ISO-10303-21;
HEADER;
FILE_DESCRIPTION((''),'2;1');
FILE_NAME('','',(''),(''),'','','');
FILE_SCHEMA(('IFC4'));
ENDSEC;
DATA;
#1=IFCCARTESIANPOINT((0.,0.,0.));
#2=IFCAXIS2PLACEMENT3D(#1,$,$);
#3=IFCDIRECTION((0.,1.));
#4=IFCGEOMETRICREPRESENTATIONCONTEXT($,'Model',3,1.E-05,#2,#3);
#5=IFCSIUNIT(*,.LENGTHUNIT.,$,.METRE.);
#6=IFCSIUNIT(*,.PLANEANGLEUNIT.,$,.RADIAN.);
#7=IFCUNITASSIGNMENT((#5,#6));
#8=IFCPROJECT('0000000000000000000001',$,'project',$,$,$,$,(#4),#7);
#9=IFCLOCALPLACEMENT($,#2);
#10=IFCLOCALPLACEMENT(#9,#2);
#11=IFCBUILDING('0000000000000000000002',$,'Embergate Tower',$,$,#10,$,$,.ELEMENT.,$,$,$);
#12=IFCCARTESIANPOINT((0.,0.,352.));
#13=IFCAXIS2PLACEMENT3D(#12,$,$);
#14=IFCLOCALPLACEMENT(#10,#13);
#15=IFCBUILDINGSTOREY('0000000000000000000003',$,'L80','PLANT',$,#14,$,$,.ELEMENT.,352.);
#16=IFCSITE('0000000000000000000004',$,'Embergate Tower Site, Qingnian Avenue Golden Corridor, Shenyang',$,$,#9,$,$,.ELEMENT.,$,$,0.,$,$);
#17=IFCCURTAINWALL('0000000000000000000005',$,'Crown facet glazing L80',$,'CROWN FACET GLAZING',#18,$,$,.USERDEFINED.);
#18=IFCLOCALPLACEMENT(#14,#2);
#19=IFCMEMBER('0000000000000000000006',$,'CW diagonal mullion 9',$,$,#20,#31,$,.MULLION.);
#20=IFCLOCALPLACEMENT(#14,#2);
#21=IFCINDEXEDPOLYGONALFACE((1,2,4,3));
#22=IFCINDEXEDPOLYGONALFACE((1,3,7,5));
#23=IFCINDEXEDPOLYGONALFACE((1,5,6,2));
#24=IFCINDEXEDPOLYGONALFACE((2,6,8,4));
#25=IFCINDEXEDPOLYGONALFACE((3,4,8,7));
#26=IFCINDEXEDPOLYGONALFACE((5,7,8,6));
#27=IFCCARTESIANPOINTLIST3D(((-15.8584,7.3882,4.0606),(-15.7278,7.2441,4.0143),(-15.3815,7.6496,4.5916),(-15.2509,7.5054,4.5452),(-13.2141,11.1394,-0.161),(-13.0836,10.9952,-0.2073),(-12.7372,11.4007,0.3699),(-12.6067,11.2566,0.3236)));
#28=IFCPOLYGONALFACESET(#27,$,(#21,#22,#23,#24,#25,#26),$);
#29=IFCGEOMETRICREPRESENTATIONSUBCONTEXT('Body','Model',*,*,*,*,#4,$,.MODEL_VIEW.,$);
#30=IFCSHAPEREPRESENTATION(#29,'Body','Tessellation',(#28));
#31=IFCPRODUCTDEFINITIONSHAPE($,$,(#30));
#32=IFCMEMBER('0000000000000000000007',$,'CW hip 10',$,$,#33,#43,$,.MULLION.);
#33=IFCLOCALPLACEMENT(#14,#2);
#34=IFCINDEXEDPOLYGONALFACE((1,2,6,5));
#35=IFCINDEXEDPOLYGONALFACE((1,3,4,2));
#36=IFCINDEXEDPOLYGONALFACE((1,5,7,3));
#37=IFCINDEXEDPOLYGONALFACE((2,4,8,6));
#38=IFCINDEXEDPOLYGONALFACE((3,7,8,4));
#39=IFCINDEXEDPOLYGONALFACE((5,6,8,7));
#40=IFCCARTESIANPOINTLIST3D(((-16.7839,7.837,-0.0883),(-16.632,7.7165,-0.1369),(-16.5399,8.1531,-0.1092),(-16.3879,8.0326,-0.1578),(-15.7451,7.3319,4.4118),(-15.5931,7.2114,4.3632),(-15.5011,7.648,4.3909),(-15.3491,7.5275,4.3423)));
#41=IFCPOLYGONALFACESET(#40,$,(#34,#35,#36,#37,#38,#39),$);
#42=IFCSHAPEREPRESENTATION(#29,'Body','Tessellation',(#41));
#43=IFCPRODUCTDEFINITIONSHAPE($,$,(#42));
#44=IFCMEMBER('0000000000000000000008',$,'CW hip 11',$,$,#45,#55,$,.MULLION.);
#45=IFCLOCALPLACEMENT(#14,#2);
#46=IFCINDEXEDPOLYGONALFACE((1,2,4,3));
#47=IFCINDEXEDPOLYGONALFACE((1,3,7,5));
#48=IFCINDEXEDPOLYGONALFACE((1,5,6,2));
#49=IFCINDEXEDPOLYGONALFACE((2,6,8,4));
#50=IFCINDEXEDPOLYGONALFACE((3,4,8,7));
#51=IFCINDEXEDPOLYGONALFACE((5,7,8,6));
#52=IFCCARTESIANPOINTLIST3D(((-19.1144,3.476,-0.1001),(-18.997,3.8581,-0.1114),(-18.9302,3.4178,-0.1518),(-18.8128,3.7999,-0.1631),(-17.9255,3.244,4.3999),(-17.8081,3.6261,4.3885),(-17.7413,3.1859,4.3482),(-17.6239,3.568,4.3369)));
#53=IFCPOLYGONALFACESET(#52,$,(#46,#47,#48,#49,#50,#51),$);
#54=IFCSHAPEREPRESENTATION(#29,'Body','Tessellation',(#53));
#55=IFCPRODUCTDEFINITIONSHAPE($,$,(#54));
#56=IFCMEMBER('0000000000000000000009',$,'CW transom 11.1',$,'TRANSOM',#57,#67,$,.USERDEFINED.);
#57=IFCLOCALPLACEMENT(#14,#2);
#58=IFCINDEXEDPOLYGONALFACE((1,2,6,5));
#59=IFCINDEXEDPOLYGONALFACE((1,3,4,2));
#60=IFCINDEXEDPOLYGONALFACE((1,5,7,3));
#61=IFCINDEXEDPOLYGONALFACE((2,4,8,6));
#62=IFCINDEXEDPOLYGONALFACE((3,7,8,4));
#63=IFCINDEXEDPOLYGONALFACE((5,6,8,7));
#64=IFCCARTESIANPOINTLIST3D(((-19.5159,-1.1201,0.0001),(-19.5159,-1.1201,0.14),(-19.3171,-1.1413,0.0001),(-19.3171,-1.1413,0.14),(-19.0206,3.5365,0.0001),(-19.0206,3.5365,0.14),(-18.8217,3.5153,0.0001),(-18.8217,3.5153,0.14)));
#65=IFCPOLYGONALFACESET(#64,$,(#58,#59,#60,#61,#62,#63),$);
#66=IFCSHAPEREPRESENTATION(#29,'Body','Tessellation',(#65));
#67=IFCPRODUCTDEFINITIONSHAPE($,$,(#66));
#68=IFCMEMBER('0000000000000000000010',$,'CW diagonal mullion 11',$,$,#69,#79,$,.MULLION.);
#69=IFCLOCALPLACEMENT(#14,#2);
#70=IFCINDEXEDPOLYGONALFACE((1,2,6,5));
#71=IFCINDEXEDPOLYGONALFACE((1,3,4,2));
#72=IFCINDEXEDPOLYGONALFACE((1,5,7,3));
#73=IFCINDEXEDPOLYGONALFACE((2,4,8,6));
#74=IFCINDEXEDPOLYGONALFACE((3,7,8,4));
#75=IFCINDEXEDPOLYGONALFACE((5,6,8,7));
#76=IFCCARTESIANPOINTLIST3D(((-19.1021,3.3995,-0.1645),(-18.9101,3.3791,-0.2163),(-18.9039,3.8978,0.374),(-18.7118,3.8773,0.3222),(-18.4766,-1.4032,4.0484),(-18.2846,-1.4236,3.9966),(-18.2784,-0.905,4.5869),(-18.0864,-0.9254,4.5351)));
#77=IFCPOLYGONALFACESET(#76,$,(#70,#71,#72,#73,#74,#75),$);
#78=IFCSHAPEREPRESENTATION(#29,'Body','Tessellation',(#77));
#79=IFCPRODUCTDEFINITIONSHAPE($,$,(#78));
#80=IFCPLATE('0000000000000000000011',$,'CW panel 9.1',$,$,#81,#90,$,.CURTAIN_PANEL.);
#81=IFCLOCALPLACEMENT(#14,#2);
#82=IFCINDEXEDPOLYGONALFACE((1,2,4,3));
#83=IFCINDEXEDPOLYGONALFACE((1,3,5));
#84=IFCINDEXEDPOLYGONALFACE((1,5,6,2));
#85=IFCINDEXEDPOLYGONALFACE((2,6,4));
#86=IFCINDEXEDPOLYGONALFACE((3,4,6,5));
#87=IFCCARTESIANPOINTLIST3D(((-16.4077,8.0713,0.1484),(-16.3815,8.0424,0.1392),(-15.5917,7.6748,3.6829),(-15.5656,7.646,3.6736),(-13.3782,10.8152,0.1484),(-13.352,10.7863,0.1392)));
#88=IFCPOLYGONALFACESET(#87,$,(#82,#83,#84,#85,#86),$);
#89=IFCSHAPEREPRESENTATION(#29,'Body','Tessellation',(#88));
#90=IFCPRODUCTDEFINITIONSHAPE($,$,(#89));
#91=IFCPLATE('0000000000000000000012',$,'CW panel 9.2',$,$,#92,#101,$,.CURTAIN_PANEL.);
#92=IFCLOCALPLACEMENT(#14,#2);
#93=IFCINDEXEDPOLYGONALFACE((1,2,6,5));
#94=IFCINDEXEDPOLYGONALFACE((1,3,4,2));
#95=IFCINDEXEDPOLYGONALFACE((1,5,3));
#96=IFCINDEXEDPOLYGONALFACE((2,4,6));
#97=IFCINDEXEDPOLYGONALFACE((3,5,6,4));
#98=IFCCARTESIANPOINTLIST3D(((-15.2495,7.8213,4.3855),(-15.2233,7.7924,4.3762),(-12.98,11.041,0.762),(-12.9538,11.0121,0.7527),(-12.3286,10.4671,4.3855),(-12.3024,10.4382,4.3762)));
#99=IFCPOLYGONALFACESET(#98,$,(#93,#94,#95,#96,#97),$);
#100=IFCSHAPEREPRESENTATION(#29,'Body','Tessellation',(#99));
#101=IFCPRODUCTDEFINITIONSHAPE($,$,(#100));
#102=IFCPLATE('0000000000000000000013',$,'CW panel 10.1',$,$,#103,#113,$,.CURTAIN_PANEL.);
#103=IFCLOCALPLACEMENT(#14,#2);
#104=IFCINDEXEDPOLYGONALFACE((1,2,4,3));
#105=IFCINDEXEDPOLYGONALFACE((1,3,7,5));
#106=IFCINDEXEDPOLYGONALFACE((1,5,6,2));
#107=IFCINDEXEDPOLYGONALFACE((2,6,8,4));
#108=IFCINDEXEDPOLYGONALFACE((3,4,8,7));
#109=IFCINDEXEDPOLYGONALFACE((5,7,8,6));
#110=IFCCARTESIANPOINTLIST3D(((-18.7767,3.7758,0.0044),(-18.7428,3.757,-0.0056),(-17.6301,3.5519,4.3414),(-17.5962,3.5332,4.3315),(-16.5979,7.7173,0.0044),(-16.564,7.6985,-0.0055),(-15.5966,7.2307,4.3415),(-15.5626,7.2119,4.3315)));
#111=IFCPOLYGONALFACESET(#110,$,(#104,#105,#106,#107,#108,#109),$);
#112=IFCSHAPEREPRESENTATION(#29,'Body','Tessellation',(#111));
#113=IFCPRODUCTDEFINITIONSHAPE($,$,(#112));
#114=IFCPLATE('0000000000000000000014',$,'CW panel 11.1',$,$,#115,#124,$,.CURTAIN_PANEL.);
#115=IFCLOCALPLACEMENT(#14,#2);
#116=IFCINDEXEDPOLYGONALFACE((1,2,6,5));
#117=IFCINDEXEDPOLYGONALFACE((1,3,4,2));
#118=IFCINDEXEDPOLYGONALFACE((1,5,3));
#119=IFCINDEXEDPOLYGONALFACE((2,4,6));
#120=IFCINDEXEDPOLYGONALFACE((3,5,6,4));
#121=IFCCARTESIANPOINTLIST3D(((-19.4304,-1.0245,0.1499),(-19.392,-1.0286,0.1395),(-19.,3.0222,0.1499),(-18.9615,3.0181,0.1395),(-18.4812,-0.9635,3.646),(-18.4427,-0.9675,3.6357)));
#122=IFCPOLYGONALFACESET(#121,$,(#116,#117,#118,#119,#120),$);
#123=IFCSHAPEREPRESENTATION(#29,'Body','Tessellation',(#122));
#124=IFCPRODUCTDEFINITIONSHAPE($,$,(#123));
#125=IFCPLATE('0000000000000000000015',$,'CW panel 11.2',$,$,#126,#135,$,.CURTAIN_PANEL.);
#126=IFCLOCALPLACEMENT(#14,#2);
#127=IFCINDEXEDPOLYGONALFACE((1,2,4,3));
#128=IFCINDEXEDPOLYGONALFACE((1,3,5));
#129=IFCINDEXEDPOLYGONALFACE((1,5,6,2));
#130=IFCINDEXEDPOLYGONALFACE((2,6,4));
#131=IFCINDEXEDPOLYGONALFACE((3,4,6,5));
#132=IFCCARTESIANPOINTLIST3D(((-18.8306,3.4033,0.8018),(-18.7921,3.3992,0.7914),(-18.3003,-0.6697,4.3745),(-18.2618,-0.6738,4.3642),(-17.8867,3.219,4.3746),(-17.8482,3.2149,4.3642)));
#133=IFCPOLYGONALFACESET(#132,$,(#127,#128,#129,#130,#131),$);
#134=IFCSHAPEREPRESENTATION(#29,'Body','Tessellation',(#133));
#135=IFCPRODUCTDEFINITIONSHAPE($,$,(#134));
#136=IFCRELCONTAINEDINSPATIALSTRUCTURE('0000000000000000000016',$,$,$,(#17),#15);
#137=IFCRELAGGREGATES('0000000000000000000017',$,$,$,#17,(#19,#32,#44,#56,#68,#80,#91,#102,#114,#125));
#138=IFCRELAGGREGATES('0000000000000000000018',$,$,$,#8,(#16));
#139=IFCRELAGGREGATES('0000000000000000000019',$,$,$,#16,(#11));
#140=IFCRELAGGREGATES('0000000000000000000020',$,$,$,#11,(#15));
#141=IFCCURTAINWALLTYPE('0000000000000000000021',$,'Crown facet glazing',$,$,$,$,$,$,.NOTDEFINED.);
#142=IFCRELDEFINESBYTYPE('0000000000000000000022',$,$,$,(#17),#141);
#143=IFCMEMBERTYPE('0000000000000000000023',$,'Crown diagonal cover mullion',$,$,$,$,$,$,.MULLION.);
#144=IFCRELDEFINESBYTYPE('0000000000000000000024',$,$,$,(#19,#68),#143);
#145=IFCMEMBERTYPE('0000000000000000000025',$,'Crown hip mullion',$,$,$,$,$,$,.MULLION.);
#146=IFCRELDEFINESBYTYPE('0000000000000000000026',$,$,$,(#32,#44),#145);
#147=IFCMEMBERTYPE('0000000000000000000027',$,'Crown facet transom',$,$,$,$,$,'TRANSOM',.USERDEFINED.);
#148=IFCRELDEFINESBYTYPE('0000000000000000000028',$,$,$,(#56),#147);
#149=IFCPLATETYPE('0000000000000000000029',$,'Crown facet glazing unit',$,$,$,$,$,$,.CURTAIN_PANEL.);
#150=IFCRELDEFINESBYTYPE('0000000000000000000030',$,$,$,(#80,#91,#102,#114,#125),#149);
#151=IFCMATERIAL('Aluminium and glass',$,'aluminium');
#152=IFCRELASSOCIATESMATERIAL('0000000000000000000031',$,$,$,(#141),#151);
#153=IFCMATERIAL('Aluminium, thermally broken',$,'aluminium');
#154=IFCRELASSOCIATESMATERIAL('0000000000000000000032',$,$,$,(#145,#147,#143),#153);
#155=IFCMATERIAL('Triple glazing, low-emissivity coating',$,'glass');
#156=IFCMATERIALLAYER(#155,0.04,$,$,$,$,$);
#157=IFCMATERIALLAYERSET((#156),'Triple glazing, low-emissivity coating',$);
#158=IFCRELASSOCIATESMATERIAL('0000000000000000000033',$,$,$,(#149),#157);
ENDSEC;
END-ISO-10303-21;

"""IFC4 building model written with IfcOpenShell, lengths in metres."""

from ifc_helpers import new_model, si_unit, direction, frame, origin, origin_2d, place, context, subcontext, project, spatial, polyline, rectangle, outline, extrude, source, transform, mapped, material, layer, layer_set, material_profile, profile_set, type_object, element, aggregate, save


model = new_model("IFC4")

# Units and contexts
model_context = context("Model", 3, precision=1e-05, world=origin(), true_north=direction((0.0, 1.0)))
body_context = subcontext(model_context, "Body", "Model", "MODEL_VIEW")
ifc_project = project(units=[si_unit("LENGTHUNIT", "METRE"), si_unit("PLANEANGLEUNIT", "RADIAN")], contexts=[model_context])

# Site, building, storey
site_placement = place(None, origin())
site = spatial("IfcSite", under=ifc_project, at=site_placement, Name="Embergate Tower Site, Qingnian Avenue Golden Corridor, Shenyang", CompositionType="ELEMENT", RefElevation=0.0)
building_placement = place(site_placement, origin())
building = spatial("IfcBuilding", under=site, at=building_placement, Name="Embergate Tower", CompositionType="ELEMENT")
storey_placement = place(building_placement, frame((0.0, 0.0, 352.0)))
storey = spatial("IfcBuildingStorey", under=building, at=storey_placement, Name="L80", Description="PLANT", CompositionType="ELEMENT", Elevation=352.0)

# Curtain wall, members, plates
ifc_material_1 = material(Name="Aluminium and glass", Category="aluminium")
curtain_wall_type = type_object("IfcCurtainWallType", Name="Crown facet glazing", PredefinedType="NOTDEFINED", material=ifc_material_1)
curtain_wall_placement = place(storey_placement, origin())
curtain_wall = element("IfcCurtainWall", 1, at=curtain_wall_placement, inside=storey, type_object=curtain_wall_type, Name="Crown facet glazing L80", ObjectType="CROWN FACET GLAZING", PredefinedType="USERDEFINED")
ifc_material_2 = material(Name="Aluminium, thermally broken", Category="aluminium")
ifc_material_profile_1 = material_profile(ifc_material_2, rectangle(XDim=0.2, YDim=0.3999, at=origin_2d()), Name="AL 400x200")
ifc_profile_set_1 = profile_set([ifc_material_profile_1], Name="Aluminium, thermally broken")
member_type_1 = type_object("IfcMemberType", Name="Crown hip mullion", PredefinedType="MULLION", material=ifc_profile_set_1)
ifc_material_profile_2 = material_profile(ifc_material_2, rectangle(XDim=0.2, YDim=0.1399, at=origin_2d()), Name="AL 140x200")
ifc_profile_set_2 = profile_set([ifc_material_profile_2], Name="Aluminium, thermally broken")
member_type_2 = type_object("IfcMemberType", Name="Crown facet transom", ElementType="TRANSOM", PredefinedType="USERDEFINED", material=ifc_profile_set_2)
ifc_material_profile_3 = material_profile(ifc_material_2, rectangle(XDim=0.2, YDim=0.76, at=origin_2d()), Name="AL 760x200")
ifc_profile_set_3 = profile_set([ifc_material_profile_3], Name="Aluminium, thermally broken")
member_type_3 = type_object("IfcMemberType", Name="Crown diagonal cover mullion", PredefinedType="MULLION", material=ifc_profile_set_3)
shared_shape_1 = source(origin(), body_context, "Body", "SweptSolid", [
    extrude(rectangle(XDim=0.2, YDim=0.76, at=origin_2d()), origin(), (0.0, 0.0, 1.0), 6.2358),
])
member_1_placement = place(storey_placement, frame((-12.9104, 11.198, 0.0813), z_axis=(-0.424042, -0.601552, 0.676996), x_axis=(-0.653013, 0.721043, 0.23167)))
member_1 = element("IfcMember", 2, at=member_1_placement, type_object=member_type_3, Name="CW diagonal mullion 9", PredefinedType="MULLION", context=body_context, shape_type="MappedRepresentation", body=[
    mapped(shared_shape_1, transform((0.0, 0.0, 0.0))),
])
shared_shape_2 = source(origin(), body_context, "Body", "SweptSolid", [
    extrude(rectangle(XDim=0.2, YDim=0.3999, at=origin_2d()), origin(), (0.0, 0.0, 1.0), 4.646),
])
member_2_placement = place(storey_placement, frame((-16.5859, 7.9348, -0.123), z_axis=(0.223599, -0.108726, 0.968598), x_axis=(-0.76005, 0.60268, 0.243107)))
member_2 = element("IfcMember", 3, at=member_2_placement, type_object=member_type_1, Name="CW hip 10", PredefinedType="MULLION", context=body_context, shape_type="MappedRepresentation", body=[
    mapped(shared_shape_2, transform((0.0, 0.0, 0.0))),
])
shared_shape_3 = source(origin(), body_context, "Body", "SweptSolid", [
    extrude(rectangle(XDim=0.2, YDim=0.3999, at=origin_2d()), origin(), (0.0, 0.0, 1.0), 4.6602),
])
member_3_placement = place(storey_placement, frame((-18.9636, 3.6379, -0.1316), z_axis=(0.255132, -0.049769, 0.965625), x_axis=(-0.921251, 0.29074, 0.258393)))
member_3 = element("IfcMember", 4, at=member_3_placement, type_object=member_type_1, Name="CW hip 11", PredefinedType="MULLION", context=body_context, shape_type="MappedRepresentation", body=[
    mapped(shared_shape_3, transform((0.0, 0.0, 0.0))),
])
shared_shape_4 = source(origin(), body_context, "Body", "SweptSolid", [
    extrude(rectangle(XDim=0.2, YDim=0.1399, at=origin_2d()), origin(), (0.0, 0.0, 1.0), 4.6829),
])
member_4_placement = place(storey_placement, frame((-18.9211, 3.5259, 0.0701), z_axis=(-0.105784, -0.994389, 0.0), x_axis=(0.994389, -0.105784, 0.0)))
member_4 = element("IfcMember", 5, at=member_4_placement, type_object=member_type_2, Name="CW transom 11.1", ObjectType="TRANSOM", PredefinedType="USERDEFINED", context=body_context, shape_type="MappedRepresentation", body=[
    mapped(shared_shape_4, transform((0.0, 0.0, 0.0))),
])
shared_shape_5 = source(origin(), body_context, "Body", "SweptSolid", [
    extrude(rectangle(XDim=0.2, YDim=0.76, at=origin_2d()), origin(), (0.0, 0.0, 1.0), 6.4192),
])
member_5_placement = place(storey_placement, frame((-18.907, 3.6384, 0.0789), z_axis=(0.09744, -0.748184, 0.656297), x_axis=(-0.960453, 0.102135, 0.259034)))
member_5 = element("IfcMember", 6, at=member_5_placement, type_object=member_type_3, Name="CW diagonal mullion 11", PredefinedType="MULLION", context=body_context, shape_type="MappedRepresentation", body=[
    mapped(shared_shape_5, transform((0.0, 0.0, 0.0))),
])
ifc_material_3 = material(Name="Triple glazing, low-emissivity coating", Category="glass")
ifc_layer_1 = layer(ifc_material_3, 0.04)
ifc_layer_set_1 = layer_set([ifc_layer_1], Name="Triple glazing, low-emissivity coating")
plate_type = type_object("IfcPlateType", Name="Crown facet glazing unit", PredefinedType="CURTAIN_PANEL", material=ifc_layer_set_1)
shared_shape_6 = source(origin(), body_context, "Body", "SweptSolid", [
    extrude(outline(polyline([(0.0, 0.0), (4.0874, 0.0), (3.7488, 3.6333), (0.0, 0.0)])), origin(), (0.0, 0.0, -1.0), 0.04),
])
plate_1_placement = place(storey_placement, frame((-13.3782, 10.8152, 0.1484), z_axis=(-0.653043, 0.721026, 0.231638), x_axis=(-0.741185, -0.671301, 0.0)))
plate_1 = element("IfcPlate", 7, at=plate_1_placement, type_object=plate_type, Name="CW panel 9.1", PredefinedType="CURTAIN_PANEL", context=body_context, shape_type="MappedRepresentation", body=[
    mapped(shared_shape_6, transform((0.0, 0.0, 0.0))),
])
shared_shape_7 = source(origin(), body_context, "Body", "SweptSolid", [
    extrude(outline(polyline([(0.0, 0.0), (5.3523, 0.0), (2.5222, 2.7427), (0.0, 0.0)])), origin(), (0.0, 0.0, -1.0), 0.04),
])
plate_2_placement = place(storey_placement, frame((-12.98, 11.041, 0.762), z_axis=(-0.653083, 0.721, 0.231606), x_axis=(-0.424027, -0.601556, 0.677002)))
plate_2 = element("IfcPlate", 8, at=plate_2_placement, type_object=plate_type, Name="CW panel 9.2", PredefinedType="CURTAIN_PANEL", context=body_context, shape_type="MappedRepresentation", body=[
    mapped(shared_shape_7, transform((0.0, 0.0, 0.0))),
])
shared_shape_8 = source(origin(), body_context, "Body", "SweptSolid", [
    extrude(outline(polyline([(0.0, 0.0), (4.5037, 0.0), (4.1448, 4.4773), (-0.0586, 4.4773), (0.0, 0.0)])), origin(), (0.0, 0.0, -1.0), 0.04),
])
plate_3_placement = place(storey_placement, frame((-16.5979, 7.7173, 0.0044), z_axis=(-0.847771, 0.46864, 0.248316), x_axis=(-0.483795, -0.875181, -0.000009)))
plate_3 = element("IfcPlate", 9, at=plate_3_placement, type_object=plate_type, Name="CW panel 10.1", PredefinedType="CURTAIN_PANEL", context=body_context, shape_type="MappedRepresentation", body=[
    mapped(shared_shape_8, transform((0.0, 0.0, 0.0))),
])
shared_shape_9 = source(origin(), body_context, "Body", "SweptSolid", [
    extrude(outline(polyline([(0.0, 0.0), (4.0696, 0.0), (3.9084, 3.6196), (0.0, 0.0)])), origin(), (0.0, 0.0, -1.0), 0.04),
])
plate_4_placement = place(storey_placement, frame((-19.0, 3.0222, 0.1499), z_axis=(-0.960465, 0.102154, 0.258984), x_axis=(-0.105762, -0.994391, 0.0)))
plate_4 = element("IfcPlate", 10, at=plate_4_placement, type_object=plate_type, Name="CW panel 11.1", PredefinedType="CURTAIN_PANEL", context=body_context, shape_type="MappedRepresentation", body=[
    mapped(shared_shape_9, transform((0.0, 0.0, 0.0))),
])
shared_shape_10 = source(origin(), body_context, "Body", "SweptSolid", [
    extrude(outline(polyline([(0.0, 0.0), (5.4438, 0.0), (2.5747, 2.6572), (0.0, 0.0)])), origin(), (0.0, 0.0, -1.0), 0.04),
])
plate_5_placement = place(storey_placement, frame((-18.8306, 3.4033, 0.8018), z_axis=(-0.96046, 0.102148, 0.259004), x_axis=(0.097409, -0.748189, 0.656297)))
plate_5 = element("IfcPlate", 11, at=plate_5_placement, type_object=plate_type, Name="CW panel 11.2", PredefinedType="CURTAIN_PANEL", context=body_context, shape_type="MappedRepresentation", body=[
    mapped(shared_shape_10, transform((0.0, 0.0, 0.0))),
])
aggregate(curtain_wall, [member_1, member_2, member_3, member_4, member_5, plate_1, plate_2, plate_3, plate_4, plate_5])

save(model, "model.ifc")
